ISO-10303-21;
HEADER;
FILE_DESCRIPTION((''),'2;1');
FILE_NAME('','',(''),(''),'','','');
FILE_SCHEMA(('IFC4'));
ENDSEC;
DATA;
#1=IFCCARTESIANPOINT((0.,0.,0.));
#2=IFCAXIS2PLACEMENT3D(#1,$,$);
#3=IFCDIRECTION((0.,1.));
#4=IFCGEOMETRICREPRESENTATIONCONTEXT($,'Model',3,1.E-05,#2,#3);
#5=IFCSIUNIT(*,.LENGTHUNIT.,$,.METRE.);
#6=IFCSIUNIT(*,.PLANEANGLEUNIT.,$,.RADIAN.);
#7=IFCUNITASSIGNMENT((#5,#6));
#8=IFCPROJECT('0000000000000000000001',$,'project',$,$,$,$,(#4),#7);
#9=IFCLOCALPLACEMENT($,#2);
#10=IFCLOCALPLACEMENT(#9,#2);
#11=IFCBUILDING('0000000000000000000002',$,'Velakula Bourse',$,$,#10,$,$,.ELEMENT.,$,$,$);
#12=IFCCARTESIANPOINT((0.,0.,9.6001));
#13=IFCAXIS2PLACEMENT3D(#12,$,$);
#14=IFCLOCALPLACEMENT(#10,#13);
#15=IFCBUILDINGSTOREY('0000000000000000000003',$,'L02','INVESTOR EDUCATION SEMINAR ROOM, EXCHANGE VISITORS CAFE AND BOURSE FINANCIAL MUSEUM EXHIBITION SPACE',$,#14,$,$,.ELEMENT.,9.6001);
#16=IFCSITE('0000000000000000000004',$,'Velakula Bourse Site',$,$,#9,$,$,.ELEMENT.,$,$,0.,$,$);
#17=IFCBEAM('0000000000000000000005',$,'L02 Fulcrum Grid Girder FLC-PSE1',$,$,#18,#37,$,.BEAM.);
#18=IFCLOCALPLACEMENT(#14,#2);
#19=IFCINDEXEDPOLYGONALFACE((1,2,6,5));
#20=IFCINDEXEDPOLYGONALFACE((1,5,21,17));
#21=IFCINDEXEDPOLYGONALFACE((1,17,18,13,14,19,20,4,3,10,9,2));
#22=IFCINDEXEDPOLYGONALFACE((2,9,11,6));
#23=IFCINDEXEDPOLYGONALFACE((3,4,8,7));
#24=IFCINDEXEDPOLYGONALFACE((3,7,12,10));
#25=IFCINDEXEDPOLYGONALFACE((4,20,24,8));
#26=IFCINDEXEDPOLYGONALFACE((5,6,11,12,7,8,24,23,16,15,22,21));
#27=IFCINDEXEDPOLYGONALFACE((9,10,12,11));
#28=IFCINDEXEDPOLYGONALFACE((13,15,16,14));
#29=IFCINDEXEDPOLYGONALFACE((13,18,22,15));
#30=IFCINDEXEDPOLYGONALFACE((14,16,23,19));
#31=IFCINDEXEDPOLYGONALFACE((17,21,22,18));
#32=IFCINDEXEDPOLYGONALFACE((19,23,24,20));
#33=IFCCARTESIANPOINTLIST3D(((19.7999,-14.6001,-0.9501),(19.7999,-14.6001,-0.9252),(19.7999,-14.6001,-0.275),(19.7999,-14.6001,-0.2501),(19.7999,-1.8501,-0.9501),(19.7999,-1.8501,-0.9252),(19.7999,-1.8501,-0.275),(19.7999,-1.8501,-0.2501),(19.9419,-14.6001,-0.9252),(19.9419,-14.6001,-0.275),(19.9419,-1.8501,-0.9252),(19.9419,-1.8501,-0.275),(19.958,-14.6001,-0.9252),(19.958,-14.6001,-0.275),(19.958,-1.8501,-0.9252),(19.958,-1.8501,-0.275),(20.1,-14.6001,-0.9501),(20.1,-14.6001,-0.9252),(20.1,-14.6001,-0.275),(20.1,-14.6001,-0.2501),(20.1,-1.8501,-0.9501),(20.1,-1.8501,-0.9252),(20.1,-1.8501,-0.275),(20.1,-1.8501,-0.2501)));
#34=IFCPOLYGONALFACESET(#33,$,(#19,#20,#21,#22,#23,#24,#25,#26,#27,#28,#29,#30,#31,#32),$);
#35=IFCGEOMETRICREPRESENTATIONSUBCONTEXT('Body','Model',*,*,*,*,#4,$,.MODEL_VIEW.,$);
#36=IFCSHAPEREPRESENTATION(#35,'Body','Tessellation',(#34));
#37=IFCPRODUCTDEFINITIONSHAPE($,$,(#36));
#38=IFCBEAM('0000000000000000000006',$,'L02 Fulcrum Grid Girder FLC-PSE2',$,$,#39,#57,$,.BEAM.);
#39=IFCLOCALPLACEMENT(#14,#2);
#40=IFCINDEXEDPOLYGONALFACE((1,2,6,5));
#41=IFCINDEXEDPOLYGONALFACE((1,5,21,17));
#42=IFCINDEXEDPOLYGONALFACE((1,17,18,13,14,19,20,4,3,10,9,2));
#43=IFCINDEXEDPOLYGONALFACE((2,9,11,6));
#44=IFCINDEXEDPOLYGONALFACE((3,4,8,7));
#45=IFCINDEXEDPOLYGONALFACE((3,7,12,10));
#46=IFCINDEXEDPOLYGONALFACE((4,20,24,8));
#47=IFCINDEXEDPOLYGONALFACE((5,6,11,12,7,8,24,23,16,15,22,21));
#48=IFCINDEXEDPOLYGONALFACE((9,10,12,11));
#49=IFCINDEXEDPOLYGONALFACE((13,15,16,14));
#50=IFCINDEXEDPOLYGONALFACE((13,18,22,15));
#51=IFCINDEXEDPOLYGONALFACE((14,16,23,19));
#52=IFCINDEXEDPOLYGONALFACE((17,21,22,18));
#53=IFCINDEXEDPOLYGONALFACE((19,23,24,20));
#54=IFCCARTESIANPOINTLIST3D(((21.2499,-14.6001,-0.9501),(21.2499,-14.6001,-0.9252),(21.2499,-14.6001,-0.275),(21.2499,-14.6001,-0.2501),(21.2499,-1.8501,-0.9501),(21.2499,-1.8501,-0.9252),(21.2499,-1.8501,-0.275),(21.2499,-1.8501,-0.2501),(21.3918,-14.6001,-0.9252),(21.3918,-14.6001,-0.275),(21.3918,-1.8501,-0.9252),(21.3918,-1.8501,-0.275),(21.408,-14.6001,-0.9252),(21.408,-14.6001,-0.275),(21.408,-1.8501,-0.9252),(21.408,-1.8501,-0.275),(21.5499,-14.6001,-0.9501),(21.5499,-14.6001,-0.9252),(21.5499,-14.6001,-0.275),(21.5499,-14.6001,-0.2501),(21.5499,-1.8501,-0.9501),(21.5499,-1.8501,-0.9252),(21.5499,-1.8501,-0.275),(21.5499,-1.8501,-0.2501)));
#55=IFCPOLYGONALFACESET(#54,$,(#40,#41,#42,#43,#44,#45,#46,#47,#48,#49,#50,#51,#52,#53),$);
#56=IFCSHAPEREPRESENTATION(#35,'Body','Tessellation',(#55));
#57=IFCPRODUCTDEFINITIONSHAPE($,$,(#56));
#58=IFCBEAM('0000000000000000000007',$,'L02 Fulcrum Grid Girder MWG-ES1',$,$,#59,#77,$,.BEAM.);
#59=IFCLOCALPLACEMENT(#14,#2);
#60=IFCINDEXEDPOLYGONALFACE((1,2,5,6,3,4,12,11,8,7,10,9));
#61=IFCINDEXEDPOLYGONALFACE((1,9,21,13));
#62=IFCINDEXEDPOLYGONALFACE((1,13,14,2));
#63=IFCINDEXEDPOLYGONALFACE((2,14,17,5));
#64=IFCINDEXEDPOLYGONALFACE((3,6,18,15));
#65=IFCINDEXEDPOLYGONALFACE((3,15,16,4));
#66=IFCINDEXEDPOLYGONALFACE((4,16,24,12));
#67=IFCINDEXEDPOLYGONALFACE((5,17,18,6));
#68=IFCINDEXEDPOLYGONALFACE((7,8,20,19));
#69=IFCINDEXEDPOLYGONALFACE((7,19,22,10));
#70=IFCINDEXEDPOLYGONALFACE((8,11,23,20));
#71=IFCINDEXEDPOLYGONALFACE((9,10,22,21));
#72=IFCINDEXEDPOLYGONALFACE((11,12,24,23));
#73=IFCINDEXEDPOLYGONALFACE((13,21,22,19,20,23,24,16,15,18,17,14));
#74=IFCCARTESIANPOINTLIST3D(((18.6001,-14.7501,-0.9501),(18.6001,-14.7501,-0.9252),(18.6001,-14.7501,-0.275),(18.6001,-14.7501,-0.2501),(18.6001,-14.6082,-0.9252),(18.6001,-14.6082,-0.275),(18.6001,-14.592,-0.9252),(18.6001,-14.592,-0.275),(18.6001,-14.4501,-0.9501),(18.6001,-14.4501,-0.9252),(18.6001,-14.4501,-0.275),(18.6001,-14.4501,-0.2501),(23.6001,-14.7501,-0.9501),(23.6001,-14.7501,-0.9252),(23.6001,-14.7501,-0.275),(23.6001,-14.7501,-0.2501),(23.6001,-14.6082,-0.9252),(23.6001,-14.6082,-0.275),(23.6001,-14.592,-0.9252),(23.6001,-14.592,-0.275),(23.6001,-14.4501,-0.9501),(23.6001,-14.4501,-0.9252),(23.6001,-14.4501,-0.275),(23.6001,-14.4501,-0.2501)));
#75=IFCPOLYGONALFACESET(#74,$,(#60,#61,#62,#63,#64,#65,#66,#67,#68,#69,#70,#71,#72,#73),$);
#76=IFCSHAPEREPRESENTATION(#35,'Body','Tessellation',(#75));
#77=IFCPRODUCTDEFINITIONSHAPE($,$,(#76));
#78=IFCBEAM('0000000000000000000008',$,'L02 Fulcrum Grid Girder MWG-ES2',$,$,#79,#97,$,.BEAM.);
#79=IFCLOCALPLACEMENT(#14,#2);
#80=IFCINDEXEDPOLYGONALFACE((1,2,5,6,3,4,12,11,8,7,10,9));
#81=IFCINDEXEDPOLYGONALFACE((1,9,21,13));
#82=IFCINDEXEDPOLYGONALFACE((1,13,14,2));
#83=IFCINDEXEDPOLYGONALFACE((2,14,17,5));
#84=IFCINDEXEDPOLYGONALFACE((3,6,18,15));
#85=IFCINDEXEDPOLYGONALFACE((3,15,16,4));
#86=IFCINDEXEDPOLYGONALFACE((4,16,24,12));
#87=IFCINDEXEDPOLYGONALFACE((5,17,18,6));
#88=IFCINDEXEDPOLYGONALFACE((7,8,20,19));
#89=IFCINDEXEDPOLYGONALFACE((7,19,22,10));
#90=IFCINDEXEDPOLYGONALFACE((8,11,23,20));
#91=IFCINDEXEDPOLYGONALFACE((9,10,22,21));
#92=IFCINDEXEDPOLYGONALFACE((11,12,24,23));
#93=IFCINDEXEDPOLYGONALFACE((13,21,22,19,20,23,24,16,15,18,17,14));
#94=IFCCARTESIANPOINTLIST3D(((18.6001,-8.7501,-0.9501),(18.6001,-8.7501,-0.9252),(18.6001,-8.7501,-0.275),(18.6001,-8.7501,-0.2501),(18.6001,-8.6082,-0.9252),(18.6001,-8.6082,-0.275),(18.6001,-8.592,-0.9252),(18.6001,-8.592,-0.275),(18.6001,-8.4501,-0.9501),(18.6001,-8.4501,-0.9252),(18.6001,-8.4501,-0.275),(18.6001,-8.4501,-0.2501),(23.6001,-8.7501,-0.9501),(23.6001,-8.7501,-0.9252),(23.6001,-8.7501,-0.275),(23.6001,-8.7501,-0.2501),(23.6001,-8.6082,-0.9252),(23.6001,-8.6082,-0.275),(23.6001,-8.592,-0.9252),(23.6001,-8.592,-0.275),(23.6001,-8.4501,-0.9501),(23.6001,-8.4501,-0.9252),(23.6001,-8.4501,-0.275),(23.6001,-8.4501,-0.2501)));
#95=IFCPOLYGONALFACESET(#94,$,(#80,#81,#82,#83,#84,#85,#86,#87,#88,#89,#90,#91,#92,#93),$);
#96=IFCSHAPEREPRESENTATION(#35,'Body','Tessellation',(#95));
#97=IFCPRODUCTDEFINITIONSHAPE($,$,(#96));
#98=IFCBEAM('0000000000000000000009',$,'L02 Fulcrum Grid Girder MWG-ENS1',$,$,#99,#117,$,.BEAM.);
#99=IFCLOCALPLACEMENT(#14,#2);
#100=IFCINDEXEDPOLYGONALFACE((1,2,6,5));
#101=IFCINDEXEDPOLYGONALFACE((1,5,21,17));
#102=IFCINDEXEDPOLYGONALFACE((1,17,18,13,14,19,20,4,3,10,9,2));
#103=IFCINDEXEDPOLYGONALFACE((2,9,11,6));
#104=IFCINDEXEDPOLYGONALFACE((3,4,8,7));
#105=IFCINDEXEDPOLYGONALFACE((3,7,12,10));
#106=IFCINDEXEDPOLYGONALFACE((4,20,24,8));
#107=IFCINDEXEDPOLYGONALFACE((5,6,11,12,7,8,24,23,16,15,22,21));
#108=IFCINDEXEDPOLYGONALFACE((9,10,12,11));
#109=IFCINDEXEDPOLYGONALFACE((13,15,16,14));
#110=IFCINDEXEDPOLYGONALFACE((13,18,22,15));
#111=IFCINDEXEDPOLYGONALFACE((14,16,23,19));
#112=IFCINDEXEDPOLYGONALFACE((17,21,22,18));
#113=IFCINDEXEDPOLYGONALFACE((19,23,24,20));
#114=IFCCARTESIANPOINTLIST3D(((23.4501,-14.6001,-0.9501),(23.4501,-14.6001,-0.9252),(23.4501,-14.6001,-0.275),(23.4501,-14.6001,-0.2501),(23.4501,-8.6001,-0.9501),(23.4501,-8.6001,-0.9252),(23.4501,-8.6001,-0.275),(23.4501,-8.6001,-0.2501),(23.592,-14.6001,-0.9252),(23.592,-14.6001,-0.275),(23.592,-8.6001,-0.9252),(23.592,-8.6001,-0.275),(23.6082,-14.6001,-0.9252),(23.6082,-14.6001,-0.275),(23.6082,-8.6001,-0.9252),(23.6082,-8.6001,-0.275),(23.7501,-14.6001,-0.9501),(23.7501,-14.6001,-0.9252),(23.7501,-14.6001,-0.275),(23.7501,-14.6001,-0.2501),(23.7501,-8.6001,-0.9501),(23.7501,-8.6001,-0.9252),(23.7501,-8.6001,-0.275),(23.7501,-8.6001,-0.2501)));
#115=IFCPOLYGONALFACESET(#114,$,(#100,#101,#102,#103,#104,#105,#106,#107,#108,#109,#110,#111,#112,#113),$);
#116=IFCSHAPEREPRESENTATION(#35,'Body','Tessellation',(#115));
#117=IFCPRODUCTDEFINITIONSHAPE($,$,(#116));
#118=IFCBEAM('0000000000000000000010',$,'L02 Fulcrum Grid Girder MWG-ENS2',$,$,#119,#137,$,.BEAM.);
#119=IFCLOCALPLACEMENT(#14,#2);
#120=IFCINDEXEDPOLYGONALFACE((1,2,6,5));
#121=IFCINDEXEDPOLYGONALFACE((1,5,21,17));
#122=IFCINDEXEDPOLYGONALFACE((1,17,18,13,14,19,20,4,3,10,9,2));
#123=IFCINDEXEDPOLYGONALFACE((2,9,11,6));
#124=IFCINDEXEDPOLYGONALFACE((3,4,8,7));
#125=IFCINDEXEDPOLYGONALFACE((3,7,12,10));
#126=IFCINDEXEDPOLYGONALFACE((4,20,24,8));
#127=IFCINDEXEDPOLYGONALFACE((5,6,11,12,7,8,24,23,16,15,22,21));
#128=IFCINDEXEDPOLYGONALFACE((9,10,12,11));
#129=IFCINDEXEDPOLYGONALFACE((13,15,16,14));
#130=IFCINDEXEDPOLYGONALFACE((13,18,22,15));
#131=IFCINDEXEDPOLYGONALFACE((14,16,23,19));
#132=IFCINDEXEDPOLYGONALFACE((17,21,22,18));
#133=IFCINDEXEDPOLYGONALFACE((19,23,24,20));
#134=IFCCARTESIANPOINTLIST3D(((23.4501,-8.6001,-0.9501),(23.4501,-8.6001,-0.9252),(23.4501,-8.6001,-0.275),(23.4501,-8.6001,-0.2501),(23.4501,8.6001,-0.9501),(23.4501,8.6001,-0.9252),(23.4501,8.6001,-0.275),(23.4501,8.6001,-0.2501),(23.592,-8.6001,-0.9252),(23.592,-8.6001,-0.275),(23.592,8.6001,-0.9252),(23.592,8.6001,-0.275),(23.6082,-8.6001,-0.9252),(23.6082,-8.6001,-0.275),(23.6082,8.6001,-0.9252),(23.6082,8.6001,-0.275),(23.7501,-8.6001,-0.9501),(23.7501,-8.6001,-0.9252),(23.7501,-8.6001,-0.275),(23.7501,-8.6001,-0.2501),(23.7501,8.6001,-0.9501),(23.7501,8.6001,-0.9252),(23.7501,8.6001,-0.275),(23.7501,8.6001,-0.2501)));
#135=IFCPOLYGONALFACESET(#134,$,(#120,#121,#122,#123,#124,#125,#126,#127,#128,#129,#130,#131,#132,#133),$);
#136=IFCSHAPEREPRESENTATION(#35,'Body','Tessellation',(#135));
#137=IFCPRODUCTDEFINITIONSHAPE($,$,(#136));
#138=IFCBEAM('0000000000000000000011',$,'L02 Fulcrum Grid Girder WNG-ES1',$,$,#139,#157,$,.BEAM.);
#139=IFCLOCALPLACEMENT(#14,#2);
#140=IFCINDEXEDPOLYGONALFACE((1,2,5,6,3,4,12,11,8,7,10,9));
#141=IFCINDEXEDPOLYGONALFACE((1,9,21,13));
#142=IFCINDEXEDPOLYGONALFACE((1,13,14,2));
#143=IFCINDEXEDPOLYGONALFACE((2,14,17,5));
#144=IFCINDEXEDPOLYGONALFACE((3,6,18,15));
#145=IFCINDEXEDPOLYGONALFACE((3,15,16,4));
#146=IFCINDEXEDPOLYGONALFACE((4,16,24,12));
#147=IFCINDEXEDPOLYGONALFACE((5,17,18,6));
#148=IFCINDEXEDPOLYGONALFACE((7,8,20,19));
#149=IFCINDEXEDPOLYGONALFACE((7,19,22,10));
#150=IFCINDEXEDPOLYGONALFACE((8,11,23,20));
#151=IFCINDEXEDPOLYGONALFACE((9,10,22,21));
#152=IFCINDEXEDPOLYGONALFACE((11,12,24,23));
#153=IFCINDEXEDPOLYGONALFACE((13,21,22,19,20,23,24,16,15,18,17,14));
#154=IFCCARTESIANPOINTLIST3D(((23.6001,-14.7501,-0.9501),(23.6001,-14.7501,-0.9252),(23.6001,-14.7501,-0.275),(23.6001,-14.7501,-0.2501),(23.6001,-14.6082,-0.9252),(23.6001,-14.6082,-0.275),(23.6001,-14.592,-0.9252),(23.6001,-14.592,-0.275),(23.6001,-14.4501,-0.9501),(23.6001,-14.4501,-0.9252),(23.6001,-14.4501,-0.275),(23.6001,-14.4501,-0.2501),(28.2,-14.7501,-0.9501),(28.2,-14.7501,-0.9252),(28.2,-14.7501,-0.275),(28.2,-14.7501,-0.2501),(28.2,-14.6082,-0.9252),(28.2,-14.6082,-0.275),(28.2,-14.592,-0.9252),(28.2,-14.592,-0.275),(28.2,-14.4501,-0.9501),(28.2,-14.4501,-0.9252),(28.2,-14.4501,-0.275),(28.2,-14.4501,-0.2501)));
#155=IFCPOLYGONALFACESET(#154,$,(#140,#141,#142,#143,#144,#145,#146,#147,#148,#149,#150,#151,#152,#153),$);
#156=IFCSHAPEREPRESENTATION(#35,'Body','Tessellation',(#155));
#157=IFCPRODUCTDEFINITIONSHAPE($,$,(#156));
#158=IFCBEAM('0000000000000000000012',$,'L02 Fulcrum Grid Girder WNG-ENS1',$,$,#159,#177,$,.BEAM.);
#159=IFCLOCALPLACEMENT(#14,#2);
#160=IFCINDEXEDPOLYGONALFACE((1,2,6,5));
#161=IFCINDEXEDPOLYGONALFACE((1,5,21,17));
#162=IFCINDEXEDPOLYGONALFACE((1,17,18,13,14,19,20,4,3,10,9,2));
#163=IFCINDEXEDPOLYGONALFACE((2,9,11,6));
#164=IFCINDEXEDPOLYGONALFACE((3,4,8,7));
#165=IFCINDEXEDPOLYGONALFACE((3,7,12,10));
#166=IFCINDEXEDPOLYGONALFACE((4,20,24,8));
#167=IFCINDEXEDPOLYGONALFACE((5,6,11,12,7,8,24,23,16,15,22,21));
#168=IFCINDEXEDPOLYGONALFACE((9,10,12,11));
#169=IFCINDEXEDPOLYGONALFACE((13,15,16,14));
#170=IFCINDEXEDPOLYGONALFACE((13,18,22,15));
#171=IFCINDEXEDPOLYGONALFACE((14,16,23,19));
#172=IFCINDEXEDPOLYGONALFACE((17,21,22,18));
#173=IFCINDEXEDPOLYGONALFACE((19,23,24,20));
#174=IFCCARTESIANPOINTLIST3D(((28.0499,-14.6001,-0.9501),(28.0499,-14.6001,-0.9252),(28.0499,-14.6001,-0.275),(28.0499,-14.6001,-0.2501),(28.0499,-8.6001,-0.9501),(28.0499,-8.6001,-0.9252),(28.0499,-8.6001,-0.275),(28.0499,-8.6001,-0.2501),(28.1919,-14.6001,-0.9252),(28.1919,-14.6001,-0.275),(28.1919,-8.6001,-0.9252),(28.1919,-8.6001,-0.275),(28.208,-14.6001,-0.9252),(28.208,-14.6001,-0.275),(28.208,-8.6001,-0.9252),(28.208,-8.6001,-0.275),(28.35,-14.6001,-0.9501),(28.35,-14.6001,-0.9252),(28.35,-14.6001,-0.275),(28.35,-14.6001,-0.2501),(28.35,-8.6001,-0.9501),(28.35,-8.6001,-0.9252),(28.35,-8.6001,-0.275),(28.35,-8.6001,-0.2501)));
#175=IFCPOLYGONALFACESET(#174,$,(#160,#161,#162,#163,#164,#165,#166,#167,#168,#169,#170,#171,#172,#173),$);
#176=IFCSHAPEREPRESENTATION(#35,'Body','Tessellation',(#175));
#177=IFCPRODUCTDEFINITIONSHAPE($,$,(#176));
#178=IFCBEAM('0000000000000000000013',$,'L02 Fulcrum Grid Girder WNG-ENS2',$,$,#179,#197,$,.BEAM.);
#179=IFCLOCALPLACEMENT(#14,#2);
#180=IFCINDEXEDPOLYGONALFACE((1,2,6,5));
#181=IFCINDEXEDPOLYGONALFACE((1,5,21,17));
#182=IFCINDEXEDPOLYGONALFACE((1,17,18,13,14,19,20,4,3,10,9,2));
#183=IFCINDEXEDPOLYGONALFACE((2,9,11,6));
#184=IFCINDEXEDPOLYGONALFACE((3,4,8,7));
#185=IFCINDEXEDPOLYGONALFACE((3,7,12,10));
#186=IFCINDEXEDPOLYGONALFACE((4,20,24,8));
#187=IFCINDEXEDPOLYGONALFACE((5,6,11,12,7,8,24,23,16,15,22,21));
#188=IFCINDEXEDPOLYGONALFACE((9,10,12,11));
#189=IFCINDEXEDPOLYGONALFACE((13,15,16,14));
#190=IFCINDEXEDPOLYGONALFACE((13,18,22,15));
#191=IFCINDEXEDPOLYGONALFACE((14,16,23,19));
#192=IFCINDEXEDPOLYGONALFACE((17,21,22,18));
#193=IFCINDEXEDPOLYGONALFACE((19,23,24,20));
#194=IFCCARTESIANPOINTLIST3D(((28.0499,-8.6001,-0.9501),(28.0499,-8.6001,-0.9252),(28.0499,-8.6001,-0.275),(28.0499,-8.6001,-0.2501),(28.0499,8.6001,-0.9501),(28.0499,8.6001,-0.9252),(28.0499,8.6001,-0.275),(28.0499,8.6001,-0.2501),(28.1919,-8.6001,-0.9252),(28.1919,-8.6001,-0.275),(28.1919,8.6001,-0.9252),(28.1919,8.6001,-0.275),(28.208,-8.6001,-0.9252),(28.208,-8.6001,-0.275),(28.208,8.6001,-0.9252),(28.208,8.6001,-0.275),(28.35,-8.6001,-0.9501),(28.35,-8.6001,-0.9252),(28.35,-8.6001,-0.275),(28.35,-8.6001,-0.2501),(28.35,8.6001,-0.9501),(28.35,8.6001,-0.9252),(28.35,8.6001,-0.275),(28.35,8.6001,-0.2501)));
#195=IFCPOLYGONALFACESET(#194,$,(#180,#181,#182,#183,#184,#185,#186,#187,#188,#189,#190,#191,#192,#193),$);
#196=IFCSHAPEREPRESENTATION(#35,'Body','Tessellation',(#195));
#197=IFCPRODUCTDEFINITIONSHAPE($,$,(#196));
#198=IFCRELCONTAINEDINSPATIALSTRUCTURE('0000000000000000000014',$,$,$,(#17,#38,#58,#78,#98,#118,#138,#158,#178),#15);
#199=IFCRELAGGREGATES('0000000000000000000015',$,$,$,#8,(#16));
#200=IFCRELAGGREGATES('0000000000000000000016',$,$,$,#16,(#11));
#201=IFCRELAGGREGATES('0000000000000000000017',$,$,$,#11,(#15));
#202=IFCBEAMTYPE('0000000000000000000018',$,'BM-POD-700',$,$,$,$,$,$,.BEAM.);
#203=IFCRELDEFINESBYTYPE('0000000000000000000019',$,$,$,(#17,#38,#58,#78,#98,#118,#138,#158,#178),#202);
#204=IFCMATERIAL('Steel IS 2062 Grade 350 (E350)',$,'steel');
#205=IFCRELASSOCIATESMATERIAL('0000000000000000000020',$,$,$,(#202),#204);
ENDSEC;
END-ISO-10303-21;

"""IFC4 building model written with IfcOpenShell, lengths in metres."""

from ifc_helpers import new_model, si_unit, direction, frame, origin, origin_2d, place, context, subcontext, project, spatial, i_section, extrude, material, material_profile, profile_set, type_object, element, save


model = new_model("IFC4")

# Units and contexts
model_context = context("Model", 3, precision=1e-05, world=origin(), true_north=direction((0.0, 1.0)))
body_context = subcontext(model_context, "Body", "Model", "MODEL_VIEW")
ifc_project = project(units=[si_unit("LENGTHUNIT", "METRE"), si_unit("PLANEANGLEUNIT", "RADIAN")], contexts=[model_context])

# Site, building, storey
site_placement = place(None, origin())
site = spatial("IfcSite", under=ifc_project, at=site_placement, Name="Velakula Bourse Site", CompositionType="ELEMENT", RefElevation=0.0)
building_placement = place(site_placement, origin())
building = spatial("IfcBuilding", under=site, at=building_placement, Name="Velakula Bourse", CompositionType="ELEMENT")
storey_placement = place(building_placement, frame((0.0, 0.0, 9.6001)))
storey = spatial("IfcBuildingStorey", under=building, at=storey_placement, Name="L02", Description="INVESTOR EDUCATION SEMINAR ROOM, EXCHANGE VISITORS CAFE AND BOURSE FINANCIAL MUSEUM EXHIBITION SPACE", CompositionType="ELEMENT", Elevation=9.6001)

# Beams
ifc_material_1 = material(Name="Steel IS 2062 Grade 350 (E350)", Category="steel")
ifc_material_profile_1 = material_profile(ifc_material_1, i_section(OverallWidth=0.3, OverallDepth=0.7, WebThickness=0.0161, FlangeThickness=0.0249, at=origin_2d()), Name="Steel IS 2062 Grade 350 (E350)")
ifc_profile_set_1 = profile_set([ifc_material_profile_1], Name="Steel IS 2062 Grade 350 (E350)")
beam_type_1 = type_object("IfcBeamType", Name="BM-POD-700", PredefinedType="BEAM", material=ifc_profile_set_1)
for number, where, z_axis, x_axis, name in (
    (1, (19.95, -14.6001, -0.6001), (0.0, 1.0, 0.0), (-1.0, 0.0, 0.0), "L02 Fulcrum Grid Girder FLC-PSE1"),
    (2, (21.3999, -14.6001, -0.6001), (0.0, 1.0, 0.0), (-1.0, 0.0, 0.0), "L02 Fulcrum Grid Girder FLC-PSE2"),
):
    element("IfcBeam", number, at=place(storey_placement, frame(where, z_axis=z_axis, x_axis=x_axis)), inside=storey, type_object=beam_type_1, Name=name, PredefinedType="BEAM", context=body_context, shape_type="SweptSolid", body=[
        extrude(i_section(OverallWidth=0.3, OverallDepth=0.7, WebThickness=0.0161, FlangeThickness=0.0249, at=origin_2d()), origin(), (0.0, 0.0, 1.0), 12.75),
    ])
for number, where, z_axis, x_axis, name in (
    (3, (18.6001, -14.6001, -0.6001), (1.0, 0.0, 0.0), (0.0, 1.0, 0.0), "L02 Fulcrum Grid Girder MWG-ES1"),
    (4, (18.6001, -8.6001, -0.6001), (1.0, 0.0, 0.0), (0.0, 1.0, 0.0), "L02 Fulcrum Grid Girder MWG-ES2"),
):
    element("IfcBeam", number, at=place(storey_placement, frame(where, z_axis=z_axis, x_axis=x_axis)), inside=storey, type_object=beam_type_1, Name=name, PredefinedType="BEAM", context=body_context, shape_type="SweptSolid", body=[
        extrude(i_section(OverallWidth=0.3, OverallDepth=0.7, WebThickness=0.0161, FlangeThickness=0.0249, at=origin_2d()), origin(), (0.0, 0.0, 1.0), 5.0),
    ])
beam_1_placement = place(storey_placement, frame((23.6001, -14.6001, -0.6001), z_axis=(0.0, 1.0, 0.0), x_axis=(-1.0, 0.0, 0.0)))
element("IfcBeam", 5, at=beam_1_placement, inside=storey, type_object=beam_type_1, Name="L02 Fulcrum Grid Girder MWG-ENS1", PredefinedType="BEAM", context=body_context, shape_type="SweptSolid", body=[
    extrude(i_section(OverallWidth=0.3, OverallDepth=0.7, WebThickness=0.0161, FlangeThickness=0.0249, at=origin_2d()), origin(), (0.0, 0.0, 1.0), 6.0),
])
beam_2_placement = place(storey_placement, frame((23.6001, -8.6001, -0.6001), z_axis=(0.0, 1.0, 0.0), x_axis=(-1.0, 0.0, 0.0)))
element("IfcBeam", 6, at=beam_2_placement, inside=storey, type_object=beam_type_1, Name="L02 Fulcrum Grid Girder MWG-ENS2", PredefinedType="BEAM", context=body_context, shape_type="SweptSolid", body=[
    extrude(i_section(OverallWidth=0.3, OverallDepth=0.7, WebThickness=0.0161, FlangeThickness=0.0249, at=origin_2d()), origin(), (0.0, 0.0, 1.0), 17.2002),
])
beam_3_placement = place(storey_placement, frame((23.6001, -14.6001, -0.6001), z_axis=(1.0, 0.0, 0.0), x_axis=(0.0, 1.0, 0.0)))
element("IfcBeam", 7, at=beam_3_placement, inside=storey, type_object=beam_type_1, Name="L02 Fulcrum Grid Girder WNG-ES1", PredefinedType="BEAM", context=body_context, shape_type="SweptSolid", body=[
    extrude(i_section(OverallWidth=0.3, OverallDepth=0.7, WebThickness=0.0161, FlangeThickness=0.0249, at=origin_2d()), origin(), (0.0, 0.0, 1.0), 4.5999),
])
beam_4_placement = place(storey_placement, frame((28.2, -14.6001, -0.6001), z_axis=(0.0, 1.0, 0.0), x_axis=(-1.0, 0.0, 0.0)))
element("IfcBeam", 8, at=beam_4_placement, inside=storey, type_object=beam_type_1, Name="L02 Fulcrum Grid Girder WNG-ENS1", PredefinedType="BEAM", context=body_context, shape_type="SweptSolid", body=[
    extrude(i_section(OverallWidth=0.3, OverallDepth=0.7, WebThickness=0.0161, FlangeThickness=0.0249, at=origin_2d()), origin(), (0.0, 0.0, 1.0), 6.0),
])
beam_5_placement = place(storey_placement, frame((28.2, -8.6001, -0.6001), z_axis=(0.0, 1.0, 0.0), x_axis=(-1.0, 0.0, 0.0)))
element("IfcBeam", 9, at=beam_5_placement, inside=storey, type_object=beam_type_1, Name="L02 Fulcrum Grid Girder WNG-ENS2", PredefinedType="BEAM", context=body_context, shape_type="SweptSolid", body=[
    extrude(i_section(OverallWidth=0.3, OverallDepth=0.7, WebThickness=0.0161, FlangeThickness=0.0249, at=origin_2d()), origin(), (0.0, 0.0, 1.0), 17.2002),
])

save(model, "model.ifc")
